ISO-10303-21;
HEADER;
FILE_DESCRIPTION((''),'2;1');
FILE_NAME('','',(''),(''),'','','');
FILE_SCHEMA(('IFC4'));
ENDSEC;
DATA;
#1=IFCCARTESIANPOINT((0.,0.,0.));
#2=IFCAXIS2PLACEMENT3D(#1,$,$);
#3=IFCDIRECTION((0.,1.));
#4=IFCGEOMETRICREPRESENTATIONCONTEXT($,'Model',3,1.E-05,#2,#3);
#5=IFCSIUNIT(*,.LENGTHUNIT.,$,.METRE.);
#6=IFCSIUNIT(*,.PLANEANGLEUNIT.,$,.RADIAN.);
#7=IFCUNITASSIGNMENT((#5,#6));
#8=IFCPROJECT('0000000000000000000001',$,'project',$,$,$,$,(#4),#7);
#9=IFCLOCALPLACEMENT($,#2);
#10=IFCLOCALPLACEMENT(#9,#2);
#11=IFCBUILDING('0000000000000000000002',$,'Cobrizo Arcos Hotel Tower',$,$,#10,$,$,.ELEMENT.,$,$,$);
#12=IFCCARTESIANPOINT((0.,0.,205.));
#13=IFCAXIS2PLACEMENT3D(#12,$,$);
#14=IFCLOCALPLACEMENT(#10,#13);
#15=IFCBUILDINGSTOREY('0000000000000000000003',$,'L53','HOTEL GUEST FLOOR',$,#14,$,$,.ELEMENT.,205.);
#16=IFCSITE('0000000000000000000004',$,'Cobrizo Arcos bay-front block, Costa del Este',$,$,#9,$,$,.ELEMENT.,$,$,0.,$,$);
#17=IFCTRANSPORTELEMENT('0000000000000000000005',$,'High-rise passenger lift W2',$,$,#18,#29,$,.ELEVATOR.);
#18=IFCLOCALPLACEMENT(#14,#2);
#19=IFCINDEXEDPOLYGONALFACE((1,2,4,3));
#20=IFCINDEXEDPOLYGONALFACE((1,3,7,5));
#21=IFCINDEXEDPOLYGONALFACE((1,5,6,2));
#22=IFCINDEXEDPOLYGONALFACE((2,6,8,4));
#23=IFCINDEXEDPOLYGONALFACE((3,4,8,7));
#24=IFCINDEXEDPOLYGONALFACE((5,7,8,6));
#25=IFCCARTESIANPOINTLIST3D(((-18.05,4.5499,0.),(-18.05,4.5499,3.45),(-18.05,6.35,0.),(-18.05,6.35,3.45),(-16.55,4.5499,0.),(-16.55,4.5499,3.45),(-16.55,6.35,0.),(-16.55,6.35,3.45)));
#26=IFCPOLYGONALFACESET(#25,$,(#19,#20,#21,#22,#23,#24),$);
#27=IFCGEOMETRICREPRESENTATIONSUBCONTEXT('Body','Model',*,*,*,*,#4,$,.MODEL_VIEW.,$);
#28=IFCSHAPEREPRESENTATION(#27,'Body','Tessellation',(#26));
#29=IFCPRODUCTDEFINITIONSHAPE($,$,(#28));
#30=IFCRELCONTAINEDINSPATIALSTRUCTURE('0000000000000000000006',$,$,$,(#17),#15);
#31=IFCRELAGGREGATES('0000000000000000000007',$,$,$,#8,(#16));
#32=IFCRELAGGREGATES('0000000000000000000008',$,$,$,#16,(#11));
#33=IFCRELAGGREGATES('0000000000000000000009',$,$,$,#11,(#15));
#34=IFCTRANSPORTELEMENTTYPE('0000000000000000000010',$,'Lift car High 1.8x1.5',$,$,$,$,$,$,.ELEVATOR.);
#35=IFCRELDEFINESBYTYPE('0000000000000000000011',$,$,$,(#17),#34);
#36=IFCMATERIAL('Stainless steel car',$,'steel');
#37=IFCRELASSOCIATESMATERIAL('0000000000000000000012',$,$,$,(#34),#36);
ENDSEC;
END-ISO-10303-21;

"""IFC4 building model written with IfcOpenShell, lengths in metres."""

from ifc_helpers import new_model, si_unit, direction, frame, origin, origin_2d, place, context, subcontext, project, spatial, rectangle, extrude, material, type_object, element, save


model = new_model("IFC4")

# Units and contexts
model_context = context("Model", 3, precision=1e-05, world=origin(), true_north=direction((0.0, 1.0)))
body_context = subcontext(model_context, "Body", "Model", "MODEL_VIEW")
ifc_project = project(units=[si_unit("LENGTHUNIT", "METRE"), si_unit("PLANEANGLEUNIT", "RADIAN")], contexts=[model_context])

# Site, building, storey
site_placement = place(None, origin())
site = spatial("IfcSite", under=ifc_project, at=site_placement, Name="Cobrizo Arcos bay-front block, Costa del Este", CompositionType="ELEMENT", RefElevation=0.0)
building_placement = place(site_placement, origin())
building = spatial("IfcBuilding", under=site, at=building_placement, Name="Cobrizo Arcos Hotel Tower", CompositionType="ELEMENT")
storey_placement = place(building_placement, frame((0.0, 0.0, 205.0)))
storey = spatial("IfcBuildingStorey", under=building, at=storey_placement, Name="L53", Description="HOTEL GUEST FLOOR", CompositionType="ELEMENT", Elevation=205.0)

# Transport element
ifc_material_1 = material(Name="Stainless steel car", Category="steel")
transport_element_type = type_object("IfcTransportElementType", Name="Lift car High 1.8x1.5", PredefinedType="ELEVATOR", material=ifc_material_1)
for number, where, z_axis, x_axis, name in (
    (1, (-17.3, 5.45, 0.0), (0.0, 0.0, 1.0), (1.0, 0.0, 0.0), "High-rise passenger lift W2"),
):
    element("IfcTransportElement", number, at=place(storey_placement, frame(where, z_axis=z_axis, x_axis=x_axis)), inside=storey, type_object=transport_element_type, Name=name, PredefinedType="ELEVATOR", context=body_context, shape_type="SweptSolid", body=[
        extrude(rectangle(XDim=1.5, YDim=1.8, at=origin_2d()), origin(), (0.0, 0.0, 1.0), 3.45),
    ])

save(model, "model.ifc")
